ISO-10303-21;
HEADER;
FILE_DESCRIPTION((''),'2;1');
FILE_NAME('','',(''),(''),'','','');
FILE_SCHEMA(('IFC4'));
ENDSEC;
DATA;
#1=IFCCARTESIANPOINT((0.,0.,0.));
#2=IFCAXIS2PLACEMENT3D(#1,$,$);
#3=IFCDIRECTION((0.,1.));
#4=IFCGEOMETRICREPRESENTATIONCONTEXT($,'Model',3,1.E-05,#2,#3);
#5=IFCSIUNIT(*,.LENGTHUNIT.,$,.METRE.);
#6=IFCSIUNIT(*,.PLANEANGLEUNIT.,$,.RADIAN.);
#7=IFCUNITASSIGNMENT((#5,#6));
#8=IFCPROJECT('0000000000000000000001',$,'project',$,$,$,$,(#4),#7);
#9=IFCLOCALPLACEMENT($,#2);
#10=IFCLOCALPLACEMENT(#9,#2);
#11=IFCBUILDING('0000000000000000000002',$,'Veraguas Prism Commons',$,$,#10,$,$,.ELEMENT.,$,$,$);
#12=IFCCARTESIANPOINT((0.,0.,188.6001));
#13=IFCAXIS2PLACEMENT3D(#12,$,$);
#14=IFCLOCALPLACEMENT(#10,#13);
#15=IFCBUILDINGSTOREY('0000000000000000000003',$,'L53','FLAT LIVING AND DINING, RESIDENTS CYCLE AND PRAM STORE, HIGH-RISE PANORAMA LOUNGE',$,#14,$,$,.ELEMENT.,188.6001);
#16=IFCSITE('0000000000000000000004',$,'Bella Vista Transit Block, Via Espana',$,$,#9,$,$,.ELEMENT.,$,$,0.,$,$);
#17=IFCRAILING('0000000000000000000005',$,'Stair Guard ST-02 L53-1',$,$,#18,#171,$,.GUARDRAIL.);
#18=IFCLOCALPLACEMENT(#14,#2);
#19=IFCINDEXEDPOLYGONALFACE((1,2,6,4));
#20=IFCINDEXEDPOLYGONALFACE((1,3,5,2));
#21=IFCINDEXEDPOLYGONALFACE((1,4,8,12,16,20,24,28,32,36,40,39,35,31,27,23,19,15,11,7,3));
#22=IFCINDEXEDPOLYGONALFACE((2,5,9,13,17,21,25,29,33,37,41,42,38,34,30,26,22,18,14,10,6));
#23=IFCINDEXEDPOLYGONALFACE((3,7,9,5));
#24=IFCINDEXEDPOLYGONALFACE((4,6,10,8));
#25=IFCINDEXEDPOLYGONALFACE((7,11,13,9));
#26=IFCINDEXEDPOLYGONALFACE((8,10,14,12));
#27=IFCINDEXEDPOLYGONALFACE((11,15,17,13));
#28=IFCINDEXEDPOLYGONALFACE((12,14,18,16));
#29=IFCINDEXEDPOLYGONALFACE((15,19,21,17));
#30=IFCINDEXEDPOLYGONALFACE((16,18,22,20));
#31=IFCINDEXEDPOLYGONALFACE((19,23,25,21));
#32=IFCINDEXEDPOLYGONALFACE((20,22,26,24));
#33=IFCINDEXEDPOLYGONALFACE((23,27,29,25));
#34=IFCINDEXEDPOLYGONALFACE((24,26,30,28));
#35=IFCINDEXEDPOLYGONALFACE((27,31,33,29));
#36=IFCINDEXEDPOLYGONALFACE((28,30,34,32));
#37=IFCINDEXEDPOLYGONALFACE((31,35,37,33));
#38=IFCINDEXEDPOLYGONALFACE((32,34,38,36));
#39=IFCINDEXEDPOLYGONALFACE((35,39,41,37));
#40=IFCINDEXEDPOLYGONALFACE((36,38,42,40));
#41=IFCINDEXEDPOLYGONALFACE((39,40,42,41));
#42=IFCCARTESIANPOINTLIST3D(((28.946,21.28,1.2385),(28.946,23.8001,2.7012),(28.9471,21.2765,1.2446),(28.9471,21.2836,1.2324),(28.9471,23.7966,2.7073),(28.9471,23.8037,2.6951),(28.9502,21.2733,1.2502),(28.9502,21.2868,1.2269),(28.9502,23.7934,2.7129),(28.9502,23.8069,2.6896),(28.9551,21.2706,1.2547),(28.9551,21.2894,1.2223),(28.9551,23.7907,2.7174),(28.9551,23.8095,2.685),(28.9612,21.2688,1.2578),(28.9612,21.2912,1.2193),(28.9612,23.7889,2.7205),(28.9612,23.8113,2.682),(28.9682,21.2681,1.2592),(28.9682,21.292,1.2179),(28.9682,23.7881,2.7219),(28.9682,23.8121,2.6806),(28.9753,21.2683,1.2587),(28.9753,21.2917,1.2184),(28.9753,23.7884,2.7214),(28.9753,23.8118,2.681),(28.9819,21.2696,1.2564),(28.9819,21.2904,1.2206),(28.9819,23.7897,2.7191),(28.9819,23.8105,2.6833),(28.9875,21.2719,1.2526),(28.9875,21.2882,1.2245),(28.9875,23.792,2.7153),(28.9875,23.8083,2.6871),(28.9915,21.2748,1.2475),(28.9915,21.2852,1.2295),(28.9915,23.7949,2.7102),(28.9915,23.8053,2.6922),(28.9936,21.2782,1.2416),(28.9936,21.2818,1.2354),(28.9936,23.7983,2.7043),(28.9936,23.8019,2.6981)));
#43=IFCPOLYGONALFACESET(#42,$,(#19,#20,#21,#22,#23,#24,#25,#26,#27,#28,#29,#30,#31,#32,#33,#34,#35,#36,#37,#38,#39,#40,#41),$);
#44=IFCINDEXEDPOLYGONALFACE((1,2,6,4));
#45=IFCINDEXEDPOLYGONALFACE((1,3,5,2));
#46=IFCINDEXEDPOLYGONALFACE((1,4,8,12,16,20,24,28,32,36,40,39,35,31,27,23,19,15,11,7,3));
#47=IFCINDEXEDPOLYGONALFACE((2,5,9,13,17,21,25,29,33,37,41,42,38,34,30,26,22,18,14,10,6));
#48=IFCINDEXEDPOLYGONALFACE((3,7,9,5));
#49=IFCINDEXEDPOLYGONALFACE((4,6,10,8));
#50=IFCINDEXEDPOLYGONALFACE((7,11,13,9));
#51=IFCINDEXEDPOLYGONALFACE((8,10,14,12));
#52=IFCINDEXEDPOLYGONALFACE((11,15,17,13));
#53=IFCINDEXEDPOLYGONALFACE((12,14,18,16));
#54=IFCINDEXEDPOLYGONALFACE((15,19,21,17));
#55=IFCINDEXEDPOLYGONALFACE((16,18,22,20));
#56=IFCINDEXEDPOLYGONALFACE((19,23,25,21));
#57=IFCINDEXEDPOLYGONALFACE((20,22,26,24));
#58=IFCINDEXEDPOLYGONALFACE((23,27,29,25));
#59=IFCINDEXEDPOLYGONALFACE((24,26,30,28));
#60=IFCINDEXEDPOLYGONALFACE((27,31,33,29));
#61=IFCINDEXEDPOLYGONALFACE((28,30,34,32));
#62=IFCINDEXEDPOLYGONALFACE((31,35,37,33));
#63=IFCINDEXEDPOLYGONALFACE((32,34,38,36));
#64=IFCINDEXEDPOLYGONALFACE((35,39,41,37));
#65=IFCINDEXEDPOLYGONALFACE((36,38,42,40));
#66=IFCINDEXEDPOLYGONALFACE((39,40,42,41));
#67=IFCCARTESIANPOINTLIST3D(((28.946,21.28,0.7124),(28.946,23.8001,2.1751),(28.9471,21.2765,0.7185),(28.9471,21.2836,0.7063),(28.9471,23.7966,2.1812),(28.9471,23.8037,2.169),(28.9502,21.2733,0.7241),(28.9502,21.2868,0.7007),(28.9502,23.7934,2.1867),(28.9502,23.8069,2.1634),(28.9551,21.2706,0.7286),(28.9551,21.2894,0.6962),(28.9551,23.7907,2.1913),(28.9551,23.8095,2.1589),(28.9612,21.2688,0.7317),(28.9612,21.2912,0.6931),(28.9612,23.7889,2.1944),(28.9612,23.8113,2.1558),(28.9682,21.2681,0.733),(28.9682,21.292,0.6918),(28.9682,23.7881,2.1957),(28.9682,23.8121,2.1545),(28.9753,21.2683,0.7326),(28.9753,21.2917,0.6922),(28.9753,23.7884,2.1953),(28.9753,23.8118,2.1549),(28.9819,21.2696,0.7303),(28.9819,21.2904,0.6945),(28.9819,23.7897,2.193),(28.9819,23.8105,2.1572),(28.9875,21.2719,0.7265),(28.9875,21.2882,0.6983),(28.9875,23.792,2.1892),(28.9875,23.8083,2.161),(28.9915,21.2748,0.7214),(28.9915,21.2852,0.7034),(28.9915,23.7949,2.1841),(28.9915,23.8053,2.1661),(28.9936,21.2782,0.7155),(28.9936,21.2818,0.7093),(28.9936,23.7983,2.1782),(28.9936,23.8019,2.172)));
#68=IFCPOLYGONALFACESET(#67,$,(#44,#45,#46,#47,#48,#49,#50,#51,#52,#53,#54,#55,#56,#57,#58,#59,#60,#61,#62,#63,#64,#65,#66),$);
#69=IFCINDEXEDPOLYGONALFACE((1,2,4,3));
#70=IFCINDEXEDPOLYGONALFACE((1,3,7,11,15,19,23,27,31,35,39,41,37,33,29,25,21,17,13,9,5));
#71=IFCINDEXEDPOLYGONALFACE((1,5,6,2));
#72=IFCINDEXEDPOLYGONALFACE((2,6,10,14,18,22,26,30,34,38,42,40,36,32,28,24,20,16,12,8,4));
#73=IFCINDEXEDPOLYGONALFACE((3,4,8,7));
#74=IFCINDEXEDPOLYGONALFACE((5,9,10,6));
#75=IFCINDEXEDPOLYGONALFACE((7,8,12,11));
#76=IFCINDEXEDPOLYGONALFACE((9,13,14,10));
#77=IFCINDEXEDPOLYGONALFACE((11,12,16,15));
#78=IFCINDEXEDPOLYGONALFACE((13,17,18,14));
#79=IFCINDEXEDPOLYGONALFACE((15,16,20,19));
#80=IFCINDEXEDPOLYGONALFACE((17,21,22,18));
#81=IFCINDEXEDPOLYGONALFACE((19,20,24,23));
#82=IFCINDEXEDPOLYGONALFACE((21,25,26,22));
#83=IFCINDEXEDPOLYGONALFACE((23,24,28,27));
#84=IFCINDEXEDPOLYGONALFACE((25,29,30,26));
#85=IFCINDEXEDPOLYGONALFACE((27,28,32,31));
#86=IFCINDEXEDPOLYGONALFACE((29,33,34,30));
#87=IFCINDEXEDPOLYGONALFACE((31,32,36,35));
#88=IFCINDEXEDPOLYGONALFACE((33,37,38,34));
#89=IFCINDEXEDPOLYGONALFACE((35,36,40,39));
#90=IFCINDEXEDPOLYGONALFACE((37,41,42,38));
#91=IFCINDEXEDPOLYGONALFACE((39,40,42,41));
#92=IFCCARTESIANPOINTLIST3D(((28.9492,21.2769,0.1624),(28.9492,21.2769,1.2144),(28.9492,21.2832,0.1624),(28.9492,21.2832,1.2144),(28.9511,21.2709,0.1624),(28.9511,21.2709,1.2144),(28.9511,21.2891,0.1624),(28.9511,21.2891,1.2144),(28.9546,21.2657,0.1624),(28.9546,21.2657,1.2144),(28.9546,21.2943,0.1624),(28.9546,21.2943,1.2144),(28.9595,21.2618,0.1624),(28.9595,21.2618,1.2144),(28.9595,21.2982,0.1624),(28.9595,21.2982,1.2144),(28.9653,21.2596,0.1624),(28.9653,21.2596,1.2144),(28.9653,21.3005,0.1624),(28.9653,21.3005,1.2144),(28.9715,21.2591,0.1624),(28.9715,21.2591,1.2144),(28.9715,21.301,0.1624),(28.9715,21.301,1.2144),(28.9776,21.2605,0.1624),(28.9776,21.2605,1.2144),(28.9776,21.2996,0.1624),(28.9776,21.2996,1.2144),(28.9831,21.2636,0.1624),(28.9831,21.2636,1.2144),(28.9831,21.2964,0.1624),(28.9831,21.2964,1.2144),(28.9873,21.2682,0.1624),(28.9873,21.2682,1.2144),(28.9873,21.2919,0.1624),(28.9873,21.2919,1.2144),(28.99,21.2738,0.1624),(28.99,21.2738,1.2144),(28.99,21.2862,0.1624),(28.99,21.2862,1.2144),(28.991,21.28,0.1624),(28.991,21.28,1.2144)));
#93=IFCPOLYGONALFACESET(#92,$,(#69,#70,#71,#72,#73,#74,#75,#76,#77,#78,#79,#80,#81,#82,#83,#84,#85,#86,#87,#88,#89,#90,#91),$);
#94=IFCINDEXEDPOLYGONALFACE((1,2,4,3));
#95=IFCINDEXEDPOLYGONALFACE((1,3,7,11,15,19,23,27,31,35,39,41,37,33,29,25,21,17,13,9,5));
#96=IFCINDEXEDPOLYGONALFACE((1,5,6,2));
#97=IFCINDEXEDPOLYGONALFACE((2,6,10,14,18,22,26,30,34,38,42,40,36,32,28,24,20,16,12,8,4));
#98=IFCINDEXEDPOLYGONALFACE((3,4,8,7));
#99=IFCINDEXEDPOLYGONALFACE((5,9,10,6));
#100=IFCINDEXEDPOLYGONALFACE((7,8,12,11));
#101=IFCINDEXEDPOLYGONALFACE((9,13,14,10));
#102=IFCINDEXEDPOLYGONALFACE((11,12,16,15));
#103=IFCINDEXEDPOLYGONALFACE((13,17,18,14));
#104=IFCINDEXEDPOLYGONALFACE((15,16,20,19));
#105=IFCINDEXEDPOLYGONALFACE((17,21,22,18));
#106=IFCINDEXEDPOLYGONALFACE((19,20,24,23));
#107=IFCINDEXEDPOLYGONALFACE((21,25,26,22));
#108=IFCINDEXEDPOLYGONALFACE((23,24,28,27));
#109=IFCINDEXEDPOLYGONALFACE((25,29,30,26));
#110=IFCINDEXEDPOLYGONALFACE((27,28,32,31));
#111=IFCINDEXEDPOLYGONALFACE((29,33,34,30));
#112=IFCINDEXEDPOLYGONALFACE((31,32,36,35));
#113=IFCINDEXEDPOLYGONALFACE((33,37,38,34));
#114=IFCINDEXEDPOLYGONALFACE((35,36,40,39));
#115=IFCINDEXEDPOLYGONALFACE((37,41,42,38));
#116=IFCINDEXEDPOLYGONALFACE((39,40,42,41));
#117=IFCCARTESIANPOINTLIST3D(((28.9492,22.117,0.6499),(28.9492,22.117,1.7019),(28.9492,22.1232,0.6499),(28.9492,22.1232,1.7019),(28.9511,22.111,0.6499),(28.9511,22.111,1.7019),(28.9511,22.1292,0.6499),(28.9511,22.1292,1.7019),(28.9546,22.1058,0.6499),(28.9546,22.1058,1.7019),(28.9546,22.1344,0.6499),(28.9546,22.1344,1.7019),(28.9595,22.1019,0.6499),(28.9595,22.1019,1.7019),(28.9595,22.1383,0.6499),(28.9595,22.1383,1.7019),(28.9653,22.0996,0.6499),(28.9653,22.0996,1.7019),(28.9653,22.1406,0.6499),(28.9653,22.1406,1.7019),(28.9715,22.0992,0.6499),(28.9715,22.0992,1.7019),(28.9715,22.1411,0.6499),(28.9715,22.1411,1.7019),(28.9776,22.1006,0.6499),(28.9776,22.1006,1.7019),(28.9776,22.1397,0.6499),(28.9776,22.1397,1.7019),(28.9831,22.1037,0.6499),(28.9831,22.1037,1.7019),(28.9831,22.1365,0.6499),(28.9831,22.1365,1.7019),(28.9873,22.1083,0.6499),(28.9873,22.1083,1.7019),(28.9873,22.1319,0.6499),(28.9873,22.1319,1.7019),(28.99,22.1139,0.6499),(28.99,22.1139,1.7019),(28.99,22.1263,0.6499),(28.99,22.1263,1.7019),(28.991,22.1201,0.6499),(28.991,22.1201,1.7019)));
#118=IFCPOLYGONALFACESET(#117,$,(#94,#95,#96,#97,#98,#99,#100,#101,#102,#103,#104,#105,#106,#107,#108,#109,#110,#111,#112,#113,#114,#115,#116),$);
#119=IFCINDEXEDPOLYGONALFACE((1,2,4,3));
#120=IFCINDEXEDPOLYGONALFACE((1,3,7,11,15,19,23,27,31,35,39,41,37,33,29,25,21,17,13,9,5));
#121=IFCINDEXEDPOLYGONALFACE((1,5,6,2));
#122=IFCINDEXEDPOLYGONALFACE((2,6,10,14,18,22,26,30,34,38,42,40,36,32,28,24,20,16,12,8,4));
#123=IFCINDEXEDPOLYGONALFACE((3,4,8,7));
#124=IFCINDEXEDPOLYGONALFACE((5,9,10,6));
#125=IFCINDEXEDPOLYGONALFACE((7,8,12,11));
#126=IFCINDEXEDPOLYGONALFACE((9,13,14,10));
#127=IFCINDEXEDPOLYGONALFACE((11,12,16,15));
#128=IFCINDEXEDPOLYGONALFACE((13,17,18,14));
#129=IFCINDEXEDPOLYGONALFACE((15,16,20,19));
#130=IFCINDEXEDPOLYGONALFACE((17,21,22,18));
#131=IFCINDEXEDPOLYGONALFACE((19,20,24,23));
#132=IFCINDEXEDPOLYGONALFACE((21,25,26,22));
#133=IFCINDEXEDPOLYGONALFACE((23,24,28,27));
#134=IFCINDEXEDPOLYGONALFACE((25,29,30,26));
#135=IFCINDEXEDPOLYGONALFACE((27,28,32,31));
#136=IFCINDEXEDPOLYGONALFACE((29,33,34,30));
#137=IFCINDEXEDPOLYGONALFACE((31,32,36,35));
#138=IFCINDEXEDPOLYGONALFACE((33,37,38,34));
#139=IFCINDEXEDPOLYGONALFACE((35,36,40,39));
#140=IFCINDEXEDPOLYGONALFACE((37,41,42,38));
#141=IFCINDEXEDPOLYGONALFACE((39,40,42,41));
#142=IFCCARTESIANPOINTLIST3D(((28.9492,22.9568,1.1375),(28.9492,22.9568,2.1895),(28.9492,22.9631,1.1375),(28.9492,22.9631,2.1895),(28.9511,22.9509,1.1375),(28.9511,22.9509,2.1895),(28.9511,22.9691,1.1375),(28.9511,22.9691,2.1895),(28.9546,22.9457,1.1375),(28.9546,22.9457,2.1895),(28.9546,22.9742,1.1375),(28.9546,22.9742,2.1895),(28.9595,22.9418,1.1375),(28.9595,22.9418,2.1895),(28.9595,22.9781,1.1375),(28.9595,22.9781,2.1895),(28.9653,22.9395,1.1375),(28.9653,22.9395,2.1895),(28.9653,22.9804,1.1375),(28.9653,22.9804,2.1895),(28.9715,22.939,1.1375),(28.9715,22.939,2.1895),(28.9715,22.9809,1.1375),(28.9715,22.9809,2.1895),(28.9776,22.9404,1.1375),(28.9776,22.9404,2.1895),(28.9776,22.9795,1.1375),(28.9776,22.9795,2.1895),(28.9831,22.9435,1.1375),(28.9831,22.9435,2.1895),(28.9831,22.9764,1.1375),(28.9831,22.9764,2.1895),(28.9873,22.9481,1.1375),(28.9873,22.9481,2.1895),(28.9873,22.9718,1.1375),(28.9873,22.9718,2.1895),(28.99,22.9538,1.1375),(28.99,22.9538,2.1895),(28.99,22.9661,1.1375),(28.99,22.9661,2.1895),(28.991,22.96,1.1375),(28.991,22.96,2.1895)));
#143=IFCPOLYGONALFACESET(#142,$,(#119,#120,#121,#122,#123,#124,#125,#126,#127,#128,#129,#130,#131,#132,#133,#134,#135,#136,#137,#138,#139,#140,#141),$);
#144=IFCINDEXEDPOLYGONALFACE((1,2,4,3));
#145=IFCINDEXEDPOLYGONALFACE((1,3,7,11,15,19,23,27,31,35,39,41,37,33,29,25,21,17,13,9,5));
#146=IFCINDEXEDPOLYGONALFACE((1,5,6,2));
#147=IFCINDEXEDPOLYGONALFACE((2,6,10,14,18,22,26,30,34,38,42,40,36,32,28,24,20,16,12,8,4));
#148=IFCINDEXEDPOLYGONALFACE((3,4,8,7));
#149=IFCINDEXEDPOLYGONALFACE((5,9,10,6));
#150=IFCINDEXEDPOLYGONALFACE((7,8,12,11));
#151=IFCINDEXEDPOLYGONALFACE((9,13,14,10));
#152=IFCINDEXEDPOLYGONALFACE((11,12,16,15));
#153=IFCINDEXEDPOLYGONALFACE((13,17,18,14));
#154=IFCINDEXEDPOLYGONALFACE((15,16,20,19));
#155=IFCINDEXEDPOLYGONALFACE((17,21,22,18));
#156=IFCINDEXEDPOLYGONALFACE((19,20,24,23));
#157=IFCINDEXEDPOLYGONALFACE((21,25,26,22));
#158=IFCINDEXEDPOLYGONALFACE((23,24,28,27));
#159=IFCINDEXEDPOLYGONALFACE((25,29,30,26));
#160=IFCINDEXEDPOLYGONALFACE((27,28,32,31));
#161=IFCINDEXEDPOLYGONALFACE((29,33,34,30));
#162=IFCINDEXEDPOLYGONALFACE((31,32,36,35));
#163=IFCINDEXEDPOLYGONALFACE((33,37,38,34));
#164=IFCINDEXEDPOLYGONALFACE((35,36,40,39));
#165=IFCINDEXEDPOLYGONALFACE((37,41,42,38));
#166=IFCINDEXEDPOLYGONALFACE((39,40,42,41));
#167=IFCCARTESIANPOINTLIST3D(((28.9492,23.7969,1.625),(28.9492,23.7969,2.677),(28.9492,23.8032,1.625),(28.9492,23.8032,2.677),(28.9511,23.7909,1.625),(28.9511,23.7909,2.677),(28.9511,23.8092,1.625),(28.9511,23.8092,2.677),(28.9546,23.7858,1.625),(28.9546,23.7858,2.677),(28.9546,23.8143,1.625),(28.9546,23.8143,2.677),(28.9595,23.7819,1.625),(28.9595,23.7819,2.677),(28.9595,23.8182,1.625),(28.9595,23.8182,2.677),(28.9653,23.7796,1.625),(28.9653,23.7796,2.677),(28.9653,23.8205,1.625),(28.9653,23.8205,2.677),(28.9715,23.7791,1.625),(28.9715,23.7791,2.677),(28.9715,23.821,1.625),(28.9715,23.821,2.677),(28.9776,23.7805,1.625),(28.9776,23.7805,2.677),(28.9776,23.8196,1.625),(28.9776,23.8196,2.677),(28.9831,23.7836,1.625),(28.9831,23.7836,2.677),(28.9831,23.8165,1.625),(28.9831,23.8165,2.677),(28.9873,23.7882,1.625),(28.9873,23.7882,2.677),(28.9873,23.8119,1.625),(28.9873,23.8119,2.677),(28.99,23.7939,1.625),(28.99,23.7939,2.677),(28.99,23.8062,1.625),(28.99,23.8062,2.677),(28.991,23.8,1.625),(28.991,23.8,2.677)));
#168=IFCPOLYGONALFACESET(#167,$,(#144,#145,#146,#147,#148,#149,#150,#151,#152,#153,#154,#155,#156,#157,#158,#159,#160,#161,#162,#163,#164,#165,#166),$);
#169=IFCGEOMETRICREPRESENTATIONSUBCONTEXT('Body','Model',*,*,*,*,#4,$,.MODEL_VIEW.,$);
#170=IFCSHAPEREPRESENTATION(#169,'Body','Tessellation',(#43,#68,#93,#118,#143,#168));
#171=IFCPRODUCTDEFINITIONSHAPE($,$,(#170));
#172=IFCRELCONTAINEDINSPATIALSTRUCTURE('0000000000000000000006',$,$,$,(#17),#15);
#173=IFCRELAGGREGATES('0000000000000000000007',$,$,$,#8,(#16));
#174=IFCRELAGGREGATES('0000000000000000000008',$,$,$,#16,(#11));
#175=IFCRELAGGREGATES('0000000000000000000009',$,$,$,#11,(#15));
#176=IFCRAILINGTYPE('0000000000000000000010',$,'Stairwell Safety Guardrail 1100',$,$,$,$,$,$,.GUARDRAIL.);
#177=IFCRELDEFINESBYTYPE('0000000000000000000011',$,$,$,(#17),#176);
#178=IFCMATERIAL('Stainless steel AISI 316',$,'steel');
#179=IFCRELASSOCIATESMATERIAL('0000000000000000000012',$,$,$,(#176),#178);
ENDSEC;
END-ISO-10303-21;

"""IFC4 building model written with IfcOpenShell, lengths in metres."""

from ifc_helpers import new_model, si_unit, direction, frame, origin, origin_2d, place, context, subcontext, project, spatial, circle, extrude, material, type_object, element, save


model = new_model("IFC4")

# Units and contexts
model_context = context("Model", 3, precision=1e-05, world=origin(), true_north=direction((0.0, 1.0)))
body_context = subcontext(model_context, "Body", "Model", "MODEL_VIEW")
ifc_project = project(units=[si_unit("LENGTHUNIT", "METRE"), si_unit("PLANEANGLEUNIT", "RADIAN")], contexts=[model_context])

# Site, building, storey
site_placement = place(None, origin())
site = spatial("IfcSite", under=ifc_project, at=site_placement, Name="Bella Vista Transit Block, Via Espana", CompositionType="ELEMENT", RefElevation=0.0)
building_placement = place(site_placement, origin())
building = spatial("IfcBuilding", under=site, at=building_placement, Name="Veraguas Prism Commons", CompositionType="ELEMENT")
storey_placement = place(building_placement, frame((0.0, 0.0, 188.6001)))
storey = spatial("IfcBuildingStorey", under=building, at=storey_placement, Name="L53", Description="FLAT LIVING AND DINING, RESIDENTS CYCLE AND PRAM STORE, HIGH-RISE PANORAMA LOUNGE", CompositionType="ELEMENT", Elevation=188.6001)

# Railing
ifc_material_1 = material(Name="Stainless steel AISI 316", Category="steel")
railing_type_1 = type_object("IfcRailingType", Name="Stairwell Safety Guardrail 1100", PredefinedType="GUARDRAIL", material=ifc_material_1)
railing_1_placement = place(storey_placement, frame((28.97, 21.28, 0.1624)))
element("IfcRailing", 1, at=railing_1_placement, inside=storey, type_object=railing_type_1, Name="Stair Guard ST-02 L53-1", PredefinedType="GUARDRAIL", context=body_context, shape_type="SweptSolid", body=[
    extrude(circle(Radius=0.0239, at=origin_2d()), frame((0.0, 0.0, 1.0762), z_axis=(0.0, 0.864877, 0.501984), x_axis=(-1.0, 0.0, 0.0)), (0.0, 0.0, 1.0), 2.9138),
    extrude(circle(Radius=0.0239, at=origin_2d()), frame((0.0, 0.0, 0.55), z_axis=(0.0, 0.864877, 0.501984), x_axis=(-1.0, 0.0, 0.0)), (0.0, 0.0, 1.0), 2.9138),
    extrude(circle(Radius=0.021, at=origin_2d()), origin(), (0.0, 0.0, 1.0), 1.052),
    extrude(circle(Radius=0.021, at=origin_2d()), frame((0.0, 0.8401, 0.4875)), (0.0, 0.0, 1.0), 1.052),
    extrude(circle(Radius=0.021, at=origin_2d()), frame((0.0, 1.6799, 0.9751)), (0.0, 0.0, 1.0), 1.052),
    extrude(circle(Radius=0.021, at=origin_2d()), frame((0.0, 2.52, 1.4626)), (0.0, 0.0, 1.0), 1.052),
])

save(model, "model.ifc")
